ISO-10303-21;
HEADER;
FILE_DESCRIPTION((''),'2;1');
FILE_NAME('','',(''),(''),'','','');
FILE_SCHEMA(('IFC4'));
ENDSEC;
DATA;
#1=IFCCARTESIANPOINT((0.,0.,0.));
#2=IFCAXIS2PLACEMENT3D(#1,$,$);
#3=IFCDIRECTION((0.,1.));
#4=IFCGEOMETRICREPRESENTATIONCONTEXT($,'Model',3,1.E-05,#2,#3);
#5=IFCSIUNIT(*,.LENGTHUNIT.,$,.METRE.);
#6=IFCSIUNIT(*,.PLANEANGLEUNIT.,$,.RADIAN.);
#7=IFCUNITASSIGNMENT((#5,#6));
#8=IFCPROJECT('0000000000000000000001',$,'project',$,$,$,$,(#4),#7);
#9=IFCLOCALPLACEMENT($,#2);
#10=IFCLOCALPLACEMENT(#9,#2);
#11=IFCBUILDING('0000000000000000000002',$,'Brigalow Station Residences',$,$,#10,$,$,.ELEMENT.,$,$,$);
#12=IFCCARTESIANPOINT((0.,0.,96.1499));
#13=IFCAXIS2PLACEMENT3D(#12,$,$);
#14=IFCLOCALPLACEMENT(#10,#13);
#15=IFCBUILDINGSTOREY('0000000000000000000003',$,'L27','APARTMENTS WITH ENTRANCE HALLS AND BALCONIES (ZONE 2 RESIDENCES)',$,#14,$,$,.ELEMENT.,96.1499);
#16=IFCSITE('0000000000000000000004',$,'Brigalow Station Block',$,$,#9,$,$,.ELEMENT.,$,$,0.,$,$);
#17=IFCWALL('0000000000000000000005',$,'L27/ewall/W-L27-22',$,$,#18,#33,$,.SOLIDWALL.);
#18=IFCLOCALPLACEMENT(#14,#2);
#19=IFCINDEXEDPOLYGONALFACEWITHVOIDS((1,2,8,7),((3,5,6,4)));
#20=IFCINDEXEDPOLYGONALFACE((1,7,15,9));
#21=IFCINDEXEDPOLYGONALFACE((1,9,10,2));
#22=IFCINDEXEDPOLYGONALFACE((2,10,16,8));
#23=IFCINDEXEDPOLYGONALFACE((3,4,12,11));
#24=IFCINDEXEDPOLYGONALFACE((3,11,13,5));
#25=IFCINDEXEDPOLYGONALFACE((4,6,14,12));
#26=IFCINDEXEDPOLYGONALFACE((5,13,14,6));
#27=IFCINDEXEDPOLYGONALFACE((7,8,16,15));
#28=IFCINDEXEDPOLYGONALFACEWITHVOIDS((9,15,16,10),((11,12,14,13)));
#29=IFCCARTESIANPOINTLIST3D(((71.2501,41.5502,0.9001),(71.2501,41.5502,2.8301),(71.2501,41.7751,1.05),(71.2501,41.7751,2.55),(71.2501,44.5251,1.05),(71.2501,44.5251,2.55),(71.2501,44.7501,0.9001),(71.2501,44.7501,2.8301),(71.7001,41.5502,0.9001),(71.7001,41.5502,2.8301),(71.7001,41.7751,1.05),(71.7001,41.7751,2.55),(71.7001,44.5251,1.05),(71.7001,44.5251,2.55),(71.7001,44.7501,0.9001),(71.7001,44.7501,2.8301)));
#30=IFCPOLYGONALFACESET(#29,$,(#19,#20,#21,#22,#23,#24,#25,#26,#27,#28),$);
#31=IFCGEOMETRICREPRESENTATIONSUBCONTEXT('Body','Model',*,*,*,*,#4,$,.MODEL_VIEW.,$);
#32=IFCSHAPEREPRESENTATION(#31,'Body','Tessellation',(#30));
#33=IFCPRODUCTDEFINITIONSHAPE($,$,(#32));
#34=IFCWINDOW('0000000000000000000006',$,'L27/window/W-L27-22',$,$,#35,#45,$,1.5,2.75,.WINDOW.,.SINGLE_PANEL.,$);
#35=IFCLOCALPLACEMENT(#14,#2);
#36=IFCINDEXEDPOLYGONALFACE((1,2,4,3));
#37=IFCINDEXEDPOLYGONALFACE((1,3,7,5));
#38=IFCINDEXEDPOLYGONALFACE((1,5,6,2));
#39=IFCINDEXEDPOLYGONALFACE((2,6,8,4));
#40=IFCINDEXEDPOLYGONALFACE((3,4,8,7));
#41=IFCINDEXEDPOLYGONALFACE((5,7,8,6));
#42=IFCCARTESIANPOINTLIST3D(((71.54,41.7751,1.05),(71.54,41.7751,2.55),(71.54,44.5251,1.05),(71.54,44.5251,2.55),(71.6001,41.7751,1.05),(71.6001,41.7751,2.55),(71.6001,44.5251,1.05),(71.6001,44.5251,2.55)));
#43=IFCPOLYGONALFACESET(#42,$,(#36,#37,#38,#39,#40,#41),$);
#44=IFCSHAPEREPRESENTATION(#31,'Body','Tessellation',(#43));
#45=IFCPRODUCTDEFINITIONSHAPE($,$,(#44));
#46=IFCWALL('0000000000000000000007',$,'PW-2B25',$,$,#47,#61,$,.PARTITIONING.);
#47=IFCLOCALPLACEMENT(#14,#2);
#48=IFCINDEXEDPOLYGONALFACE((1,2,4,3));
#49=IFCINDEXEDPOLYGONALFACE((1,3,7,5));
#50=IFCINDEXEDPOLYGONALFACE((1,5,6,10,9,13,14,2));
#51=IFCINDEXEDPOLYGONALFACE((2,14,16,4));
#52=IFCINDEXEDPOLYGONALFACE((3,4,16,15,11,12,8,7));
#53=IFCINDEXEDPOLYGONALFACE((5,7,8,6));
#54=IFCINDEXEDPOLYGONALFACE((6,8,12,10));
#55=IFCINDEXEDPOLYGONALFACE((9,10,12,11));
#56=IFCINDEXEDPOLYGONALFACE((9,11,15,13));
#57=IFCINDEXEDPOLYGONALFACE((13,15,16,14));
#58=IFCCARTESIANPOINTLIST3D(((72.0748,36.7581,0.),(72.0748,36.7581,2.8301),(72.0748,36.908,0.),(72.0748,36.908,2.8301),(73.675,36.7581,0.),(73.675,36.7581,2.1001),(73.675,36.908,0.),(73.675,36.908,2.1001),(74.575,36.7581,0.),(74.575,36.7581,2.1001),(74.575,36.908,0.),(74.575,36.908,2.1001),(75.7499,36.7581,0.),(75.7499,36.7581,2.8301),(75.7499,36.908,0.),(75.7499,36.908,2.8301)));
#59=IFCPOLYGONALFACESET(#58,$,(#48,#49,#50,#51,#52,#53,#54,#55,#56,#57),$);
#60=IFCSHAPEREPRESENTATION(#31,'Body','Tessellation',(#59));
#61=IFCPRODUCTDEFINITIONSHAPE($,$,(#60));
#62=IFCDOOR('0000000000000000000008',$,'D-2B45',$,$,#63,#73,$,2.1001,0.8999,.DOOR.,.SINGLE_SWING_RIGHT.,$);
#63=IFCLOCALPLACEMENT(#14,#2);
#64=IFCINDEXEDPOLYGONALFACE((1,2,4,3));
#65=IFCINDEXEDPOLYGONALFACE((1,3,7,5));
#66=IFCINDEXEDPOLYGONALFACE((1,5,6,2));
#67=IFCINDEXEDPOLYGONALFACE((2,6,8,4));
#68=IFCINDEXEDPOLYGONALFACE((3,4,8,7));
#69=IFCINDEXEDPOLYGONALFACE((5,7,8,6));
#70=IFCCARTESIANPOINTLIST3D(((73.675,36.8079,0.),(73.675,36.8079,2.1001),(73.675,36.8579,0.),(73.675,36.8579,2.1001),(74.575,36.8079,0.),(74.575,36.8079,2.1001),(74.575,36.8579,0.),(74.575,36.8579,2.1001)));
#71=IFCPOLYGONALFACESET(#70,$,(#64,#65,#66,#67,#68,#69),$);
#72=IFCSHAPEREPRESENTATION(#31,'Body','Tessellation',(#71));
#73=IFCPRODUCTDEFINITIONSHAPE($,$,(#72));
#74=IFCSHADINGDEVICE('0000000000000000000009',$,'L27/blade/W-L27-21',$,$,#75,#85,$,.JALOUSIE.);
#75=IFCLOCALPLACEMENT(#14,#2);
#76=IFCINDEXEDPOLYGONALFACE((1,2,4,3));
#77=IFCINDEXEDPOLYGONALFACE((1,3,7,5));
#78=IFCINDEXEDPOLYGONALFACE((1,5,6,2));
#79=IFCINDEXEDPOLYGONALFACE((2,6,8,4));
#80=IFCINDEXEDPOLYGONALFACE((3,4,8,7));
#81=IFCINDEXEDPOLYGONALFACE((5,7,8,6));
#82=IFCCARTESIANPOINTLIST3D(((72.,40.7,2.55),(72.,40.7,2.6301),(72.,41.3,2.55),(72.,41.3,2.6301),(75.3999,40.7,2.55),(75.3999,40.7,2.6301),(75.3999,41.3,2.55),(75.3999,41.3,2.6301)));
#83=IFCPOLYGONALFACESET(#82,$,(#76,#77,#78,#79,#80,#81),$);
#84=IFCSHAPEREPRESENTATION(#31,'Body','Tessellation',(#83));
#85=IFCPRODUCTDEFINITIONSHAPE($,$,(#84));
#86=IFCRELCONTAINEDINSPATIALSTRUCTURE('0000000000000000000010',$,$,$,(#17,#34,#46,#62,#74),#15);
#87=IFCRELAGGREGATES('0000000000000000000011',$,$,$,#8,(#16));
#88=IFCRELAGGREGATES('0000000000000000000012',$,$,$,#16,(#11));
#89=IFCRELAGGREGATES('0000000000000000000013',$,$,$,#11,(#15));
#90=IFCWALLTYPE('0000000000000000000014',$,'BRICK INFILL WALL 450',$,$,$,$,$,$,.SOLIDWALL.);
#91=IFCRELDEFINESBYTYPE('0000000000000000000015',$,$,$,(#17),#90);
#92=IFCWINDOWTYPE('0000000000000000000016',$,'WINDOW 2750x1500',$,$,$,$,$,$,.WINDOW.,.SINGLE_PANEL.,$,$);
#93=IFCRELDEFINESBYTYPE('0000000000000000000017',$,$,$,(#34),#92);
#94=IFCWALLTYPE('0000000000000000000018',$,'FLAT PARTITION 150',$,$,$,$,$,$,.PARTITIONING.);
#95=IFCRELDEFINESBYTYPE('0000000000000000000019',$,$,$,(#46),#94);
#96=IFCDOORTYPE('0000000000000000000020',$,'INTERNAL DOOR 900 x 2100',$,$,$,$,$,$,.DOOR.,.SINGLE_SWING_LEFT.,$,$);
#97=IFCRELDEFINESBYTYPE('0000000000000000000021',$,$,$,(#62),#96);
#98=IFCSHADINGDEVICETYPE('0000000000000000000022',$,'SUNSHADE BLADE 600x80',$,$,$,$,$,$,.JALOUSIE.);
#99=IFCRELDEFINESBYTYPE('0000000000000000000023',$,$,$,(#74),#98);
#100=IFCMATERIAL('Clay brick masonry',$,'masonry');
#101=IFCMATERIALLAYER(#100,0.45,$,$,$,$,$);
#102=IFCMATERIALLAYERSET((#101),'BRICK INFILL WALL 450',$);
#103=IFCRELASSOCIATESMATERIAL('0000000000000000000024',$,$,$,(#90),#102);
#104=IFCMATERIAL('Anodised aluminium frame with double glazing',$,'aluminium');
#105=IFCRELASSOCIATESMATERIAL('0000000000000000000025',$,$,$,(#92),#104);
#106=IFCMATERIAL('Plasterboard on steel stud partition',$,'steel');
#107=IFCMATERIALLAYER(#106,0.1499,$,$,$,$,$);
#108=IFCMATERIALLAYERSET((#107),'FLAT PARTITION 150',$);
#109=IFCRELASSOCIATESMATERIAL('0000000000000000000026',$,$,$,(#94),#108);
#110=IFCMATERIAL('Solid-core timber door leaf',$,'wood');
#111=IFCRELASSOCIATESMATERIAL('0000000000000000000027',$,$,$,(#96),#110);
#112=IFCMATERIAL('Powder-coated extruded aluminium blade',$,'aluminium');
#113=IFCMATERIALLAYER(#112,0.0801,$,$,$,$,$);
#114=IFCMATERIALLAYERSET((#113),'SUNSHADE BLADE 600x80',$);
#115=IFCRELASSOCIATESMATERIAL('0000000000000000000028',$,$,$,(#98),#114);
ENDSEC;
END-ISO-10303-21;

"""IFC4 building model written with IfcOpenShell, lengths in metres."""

from ifc_helpers import new_model, si_unit, direction, frame, frame_2d, origin, origin_2d, place, context, subcontext, project, spatial, rectangle, extrude, material, layer, layer_set, type_object, element, fill, save


model = new_model("IFC4")

# Units and contexts
model_context = context("Model", 3, precision=1e-05, world=origin(), true_north=direction((0.0, 1.0)))
body_context = subcontext(model_context, "Body", "Model", "MODEL_VIEW")
ifc_project = project(units=[si_unit("LENGTHUNIT", "METRE"), si_unit("PLANEANGLEUNIT", "RADIAN")], contexts=[model_context])

# Site, building, storey
site_placement = place(None, origin())
site = spatial("IfcSite", under=ifc_project, at=site_placement, Name="Brigalow Station Block", CompositionType="ELEMENT", RefElevation=0.0)
building_placement = place(site_placement, origin())
building = spatial("IfcBuilding", under=site, at=building_placement, Name="Brigalow Station Residences", CompositionType="ELEMENT")
storey_placement = place(building_placement, frame((0.0, 0.0, 96.1499)))
storey = spatial("IfcBuildingStorey", under=building, at=storey_placement, Name="L27", Description="APARTMENTS WITH ENTRANCE HALLS AND BALCONIES (ZONE 2 RESIDENCES)", CompositionType="ELEMENT", Elevation=96.1499)

# Wall, opening, window
ifc_material_1 = material(Name="Clay brick masonry", Category="masonry")
ifc_layer_1 = layer(ifc_material_1, 0.45)
ifc_layer_set_1 = layer_set([ifc_layer_1], Name="BRICK INFILL WALL 450")
wall_type_1 = type_object("IfcWallType", Name="BRICK INFILL WALL 450", PredefinedType="SOLIDWALL", material=ifc_layer_set_1)
wall_1_placement = place(storey_placement, frame((71.4751, 41.55, 0.9001), z_axis=(0.0, 0.0, 1.0), x_axis=(0.0, 1.0, 0.0)))
wall_1 = element("IfcWall", 1, at=wall_1_placement, inside=storey, type_object=wall_type_1, Name="L27/ewall/W-L27-22", PredefinedType="SOLIDWALL", context=body_context, shape_type="SweptSolid", body=[
    extrude(rectangle(XDim=3.2, YDim=0.45, at=frame_2d((1.6001, 0.0))), origin(), (0.0, 0.0, 1.0), 1.9299),
])
opening_1_placement = place(wall_1_placement, frame((0.2251, 0.0, 0.1499)))
opening_1 = element("IfcOpeningElement", 2, at=opening_1_placement, cuts=wall_1, PredefinedType="OPENING", context=body_context, shape_type="SweptSolid", body=[
    extrude(rectangle(XDim=2.75, YDim=1.5, at=frame_2d((1.375, 0.75))), frame((0.0, 0.2349, 0.0), z_axis=(0.0, -1.0, 0.0), x_axis=(1.0, 0.0, 0.0)), (0.0, 0.0, 1.0), 0.47),
])
ifc_material_2 = material(Name="Anodised aluminium frame with double glazing", Category="aluminium")
window_type_1 = type_object("IfcWindowType", Name="WINDOW 2750x1500", PartitioningType="SINGLE_PANEL", PredefinedType="WINDOW", material=ifc_material_2)
window_1_placement = place(opening_1_placement, origin())
window_1 = element("IfcWindow", 3, at=window_1_placement, inside=storey, type_object=window_type_1, Name="L27/window/W-L27-22", OverallHeight=1.5, OverallWidth=2.75, PartitioningType="SINGLE_PANEL", PredefinedType="WINDOW", context=body_context, shape_type="SweptSolid", body=[
    extrude(rectangle(XDim=2.75, YDim=1.5, at=frame_2d((1.375, 0.75))), frame((0.0, -0.0649, 0.0), z_axis=(0.0, -1.0, 0.0), x_axis=(1.0, 0.0, 0.0)), (0.0, 0.0, 1.0), 0.0601),
])
fill(opening_1, window_1)

# Wall, opening, door
ifc_material_3 = material(Name="Plasterboard on steel stud partition", Category="steel")
ifc_layer_2 = layer(ifc_material_3, 0.1499)
ifc_layer_set_2 = layer_set([ifc_layer_2], Name="FLAT PARTITION 150")
wall_type_2 = type_object("IfcWallType", Name="FLAT PARTITION 150", PredefinedType="PARTITIONING", material=ifc_layer_set_2)
wall_2_placement = place(storey_placement, frame((72.075, 36.833, 0.0), z_axis=(0.0, 0.0, 1.0), x_axis=(1.0, 0.0, 0.0)))
wall_2 = element("IfcWall", 4, at=wall_2_placement, inside=storey, type_object=wall_type_2, Name="PW-2B25", PredefinedType="PARTITIONING", context=body_context, shape_type="SweptSolid", body=[
    extrude(rectangle(XDim=3.675, YDim=0.1499, at=frame_2d((1.8374, 0.0))), origin(), (0.0, 0.0, 1.0), 2.8301),
])
opening_2_placement = place(wall_2_placement, frame((1.6001, 0.0, 0.0)))
opening_2 = element("IfcOpeningElement", 5, at=opening_2_placement, cuts=wall_2, PredefinedType="OPENING", context=body_context, shape_type="SweptSolid", body=[
    extrude(rectangle(XDim=0.8999, YDim=2.1001, at=frame_2d((0.45, 1.05))), frame((0.0, 0.085, 0.0), z_axis=(0.0, -1.0, 0.0), x_axis=(1.0, 0.0, 0.0)), (0.0, 0.0, 1.0), 0.1699),
])
ifc_material_4 = material(Name="Solid-core timber door leaf", Category="wood")
door_type = type_object("IfcDoorType", Name="INTERNAL DOOR 900 x 2100", OperationType="SINGLE_SWING_LEFT", PredefinedType="DOOR", material=ifc_material_4)
door_placement = place(opening_2_placement, origin())
door = element("IfcDoor", 6, at=door_placement, inside=storey, type_object=door_type, Name="D-2B45", OperationType="SINGLE_SWING_RIGHT", OverallHeight=2.1001, OverallWidth=0.8999, PredefinedType="DOOR", context=body_context, shape_type="SweptSolid", body=[
    extrude(rectangle(XDim=0.8999, YDim=2.1001, at=frame_2d((0.45, 1.05))), frame((0.0, 0.0249, 0.0), z_axis=(0.0, -1.0, 0.0), x_axis=(1.0, 0.0, 0.0)), (0.0, 0.0, 1.0), 0.05),
])
fill(opening_2, door)

# Shading device
ifc_material_5 = material(Name="Powder-coated extruded aluminium blade", Category="aluminium")
ifc_layer_3 = layer(ifc_material_5, 0.0801)
ifc_layer_set_3 = layer_set([ifc_layer_3], Name="SUNSHADE BLADE 600x80")
shading_device_type = type_object("IfcShadingDeviceType", Name="SUNSHADE BLADE 600x80", PredefinedType="JALOUSIE", material=ifc_layer_set_3)
shading_device_placement = place(storey_placement, frame((73.7, 41.0, 2.55), z_axis=(0.0, 0.0, 1.0), x_axis=(-1.0, 0.0, 0.0)))
element("IfcShadingDevice", 7, at=shading_device_placement, inside=storey, type_object=shading_device_type, Name="L27/blade/W-L27-21", PredefinedType="JALOUSIE", context=body_context, shape_type="SweptSolid", body=[
    extrude(rectangle(XDim=3.3999, YDim=0.6001, at=origin_2d()), origin(), (0.0, 0.0, 1.0), 0.0801),
])

save(model, "model.ifc")
